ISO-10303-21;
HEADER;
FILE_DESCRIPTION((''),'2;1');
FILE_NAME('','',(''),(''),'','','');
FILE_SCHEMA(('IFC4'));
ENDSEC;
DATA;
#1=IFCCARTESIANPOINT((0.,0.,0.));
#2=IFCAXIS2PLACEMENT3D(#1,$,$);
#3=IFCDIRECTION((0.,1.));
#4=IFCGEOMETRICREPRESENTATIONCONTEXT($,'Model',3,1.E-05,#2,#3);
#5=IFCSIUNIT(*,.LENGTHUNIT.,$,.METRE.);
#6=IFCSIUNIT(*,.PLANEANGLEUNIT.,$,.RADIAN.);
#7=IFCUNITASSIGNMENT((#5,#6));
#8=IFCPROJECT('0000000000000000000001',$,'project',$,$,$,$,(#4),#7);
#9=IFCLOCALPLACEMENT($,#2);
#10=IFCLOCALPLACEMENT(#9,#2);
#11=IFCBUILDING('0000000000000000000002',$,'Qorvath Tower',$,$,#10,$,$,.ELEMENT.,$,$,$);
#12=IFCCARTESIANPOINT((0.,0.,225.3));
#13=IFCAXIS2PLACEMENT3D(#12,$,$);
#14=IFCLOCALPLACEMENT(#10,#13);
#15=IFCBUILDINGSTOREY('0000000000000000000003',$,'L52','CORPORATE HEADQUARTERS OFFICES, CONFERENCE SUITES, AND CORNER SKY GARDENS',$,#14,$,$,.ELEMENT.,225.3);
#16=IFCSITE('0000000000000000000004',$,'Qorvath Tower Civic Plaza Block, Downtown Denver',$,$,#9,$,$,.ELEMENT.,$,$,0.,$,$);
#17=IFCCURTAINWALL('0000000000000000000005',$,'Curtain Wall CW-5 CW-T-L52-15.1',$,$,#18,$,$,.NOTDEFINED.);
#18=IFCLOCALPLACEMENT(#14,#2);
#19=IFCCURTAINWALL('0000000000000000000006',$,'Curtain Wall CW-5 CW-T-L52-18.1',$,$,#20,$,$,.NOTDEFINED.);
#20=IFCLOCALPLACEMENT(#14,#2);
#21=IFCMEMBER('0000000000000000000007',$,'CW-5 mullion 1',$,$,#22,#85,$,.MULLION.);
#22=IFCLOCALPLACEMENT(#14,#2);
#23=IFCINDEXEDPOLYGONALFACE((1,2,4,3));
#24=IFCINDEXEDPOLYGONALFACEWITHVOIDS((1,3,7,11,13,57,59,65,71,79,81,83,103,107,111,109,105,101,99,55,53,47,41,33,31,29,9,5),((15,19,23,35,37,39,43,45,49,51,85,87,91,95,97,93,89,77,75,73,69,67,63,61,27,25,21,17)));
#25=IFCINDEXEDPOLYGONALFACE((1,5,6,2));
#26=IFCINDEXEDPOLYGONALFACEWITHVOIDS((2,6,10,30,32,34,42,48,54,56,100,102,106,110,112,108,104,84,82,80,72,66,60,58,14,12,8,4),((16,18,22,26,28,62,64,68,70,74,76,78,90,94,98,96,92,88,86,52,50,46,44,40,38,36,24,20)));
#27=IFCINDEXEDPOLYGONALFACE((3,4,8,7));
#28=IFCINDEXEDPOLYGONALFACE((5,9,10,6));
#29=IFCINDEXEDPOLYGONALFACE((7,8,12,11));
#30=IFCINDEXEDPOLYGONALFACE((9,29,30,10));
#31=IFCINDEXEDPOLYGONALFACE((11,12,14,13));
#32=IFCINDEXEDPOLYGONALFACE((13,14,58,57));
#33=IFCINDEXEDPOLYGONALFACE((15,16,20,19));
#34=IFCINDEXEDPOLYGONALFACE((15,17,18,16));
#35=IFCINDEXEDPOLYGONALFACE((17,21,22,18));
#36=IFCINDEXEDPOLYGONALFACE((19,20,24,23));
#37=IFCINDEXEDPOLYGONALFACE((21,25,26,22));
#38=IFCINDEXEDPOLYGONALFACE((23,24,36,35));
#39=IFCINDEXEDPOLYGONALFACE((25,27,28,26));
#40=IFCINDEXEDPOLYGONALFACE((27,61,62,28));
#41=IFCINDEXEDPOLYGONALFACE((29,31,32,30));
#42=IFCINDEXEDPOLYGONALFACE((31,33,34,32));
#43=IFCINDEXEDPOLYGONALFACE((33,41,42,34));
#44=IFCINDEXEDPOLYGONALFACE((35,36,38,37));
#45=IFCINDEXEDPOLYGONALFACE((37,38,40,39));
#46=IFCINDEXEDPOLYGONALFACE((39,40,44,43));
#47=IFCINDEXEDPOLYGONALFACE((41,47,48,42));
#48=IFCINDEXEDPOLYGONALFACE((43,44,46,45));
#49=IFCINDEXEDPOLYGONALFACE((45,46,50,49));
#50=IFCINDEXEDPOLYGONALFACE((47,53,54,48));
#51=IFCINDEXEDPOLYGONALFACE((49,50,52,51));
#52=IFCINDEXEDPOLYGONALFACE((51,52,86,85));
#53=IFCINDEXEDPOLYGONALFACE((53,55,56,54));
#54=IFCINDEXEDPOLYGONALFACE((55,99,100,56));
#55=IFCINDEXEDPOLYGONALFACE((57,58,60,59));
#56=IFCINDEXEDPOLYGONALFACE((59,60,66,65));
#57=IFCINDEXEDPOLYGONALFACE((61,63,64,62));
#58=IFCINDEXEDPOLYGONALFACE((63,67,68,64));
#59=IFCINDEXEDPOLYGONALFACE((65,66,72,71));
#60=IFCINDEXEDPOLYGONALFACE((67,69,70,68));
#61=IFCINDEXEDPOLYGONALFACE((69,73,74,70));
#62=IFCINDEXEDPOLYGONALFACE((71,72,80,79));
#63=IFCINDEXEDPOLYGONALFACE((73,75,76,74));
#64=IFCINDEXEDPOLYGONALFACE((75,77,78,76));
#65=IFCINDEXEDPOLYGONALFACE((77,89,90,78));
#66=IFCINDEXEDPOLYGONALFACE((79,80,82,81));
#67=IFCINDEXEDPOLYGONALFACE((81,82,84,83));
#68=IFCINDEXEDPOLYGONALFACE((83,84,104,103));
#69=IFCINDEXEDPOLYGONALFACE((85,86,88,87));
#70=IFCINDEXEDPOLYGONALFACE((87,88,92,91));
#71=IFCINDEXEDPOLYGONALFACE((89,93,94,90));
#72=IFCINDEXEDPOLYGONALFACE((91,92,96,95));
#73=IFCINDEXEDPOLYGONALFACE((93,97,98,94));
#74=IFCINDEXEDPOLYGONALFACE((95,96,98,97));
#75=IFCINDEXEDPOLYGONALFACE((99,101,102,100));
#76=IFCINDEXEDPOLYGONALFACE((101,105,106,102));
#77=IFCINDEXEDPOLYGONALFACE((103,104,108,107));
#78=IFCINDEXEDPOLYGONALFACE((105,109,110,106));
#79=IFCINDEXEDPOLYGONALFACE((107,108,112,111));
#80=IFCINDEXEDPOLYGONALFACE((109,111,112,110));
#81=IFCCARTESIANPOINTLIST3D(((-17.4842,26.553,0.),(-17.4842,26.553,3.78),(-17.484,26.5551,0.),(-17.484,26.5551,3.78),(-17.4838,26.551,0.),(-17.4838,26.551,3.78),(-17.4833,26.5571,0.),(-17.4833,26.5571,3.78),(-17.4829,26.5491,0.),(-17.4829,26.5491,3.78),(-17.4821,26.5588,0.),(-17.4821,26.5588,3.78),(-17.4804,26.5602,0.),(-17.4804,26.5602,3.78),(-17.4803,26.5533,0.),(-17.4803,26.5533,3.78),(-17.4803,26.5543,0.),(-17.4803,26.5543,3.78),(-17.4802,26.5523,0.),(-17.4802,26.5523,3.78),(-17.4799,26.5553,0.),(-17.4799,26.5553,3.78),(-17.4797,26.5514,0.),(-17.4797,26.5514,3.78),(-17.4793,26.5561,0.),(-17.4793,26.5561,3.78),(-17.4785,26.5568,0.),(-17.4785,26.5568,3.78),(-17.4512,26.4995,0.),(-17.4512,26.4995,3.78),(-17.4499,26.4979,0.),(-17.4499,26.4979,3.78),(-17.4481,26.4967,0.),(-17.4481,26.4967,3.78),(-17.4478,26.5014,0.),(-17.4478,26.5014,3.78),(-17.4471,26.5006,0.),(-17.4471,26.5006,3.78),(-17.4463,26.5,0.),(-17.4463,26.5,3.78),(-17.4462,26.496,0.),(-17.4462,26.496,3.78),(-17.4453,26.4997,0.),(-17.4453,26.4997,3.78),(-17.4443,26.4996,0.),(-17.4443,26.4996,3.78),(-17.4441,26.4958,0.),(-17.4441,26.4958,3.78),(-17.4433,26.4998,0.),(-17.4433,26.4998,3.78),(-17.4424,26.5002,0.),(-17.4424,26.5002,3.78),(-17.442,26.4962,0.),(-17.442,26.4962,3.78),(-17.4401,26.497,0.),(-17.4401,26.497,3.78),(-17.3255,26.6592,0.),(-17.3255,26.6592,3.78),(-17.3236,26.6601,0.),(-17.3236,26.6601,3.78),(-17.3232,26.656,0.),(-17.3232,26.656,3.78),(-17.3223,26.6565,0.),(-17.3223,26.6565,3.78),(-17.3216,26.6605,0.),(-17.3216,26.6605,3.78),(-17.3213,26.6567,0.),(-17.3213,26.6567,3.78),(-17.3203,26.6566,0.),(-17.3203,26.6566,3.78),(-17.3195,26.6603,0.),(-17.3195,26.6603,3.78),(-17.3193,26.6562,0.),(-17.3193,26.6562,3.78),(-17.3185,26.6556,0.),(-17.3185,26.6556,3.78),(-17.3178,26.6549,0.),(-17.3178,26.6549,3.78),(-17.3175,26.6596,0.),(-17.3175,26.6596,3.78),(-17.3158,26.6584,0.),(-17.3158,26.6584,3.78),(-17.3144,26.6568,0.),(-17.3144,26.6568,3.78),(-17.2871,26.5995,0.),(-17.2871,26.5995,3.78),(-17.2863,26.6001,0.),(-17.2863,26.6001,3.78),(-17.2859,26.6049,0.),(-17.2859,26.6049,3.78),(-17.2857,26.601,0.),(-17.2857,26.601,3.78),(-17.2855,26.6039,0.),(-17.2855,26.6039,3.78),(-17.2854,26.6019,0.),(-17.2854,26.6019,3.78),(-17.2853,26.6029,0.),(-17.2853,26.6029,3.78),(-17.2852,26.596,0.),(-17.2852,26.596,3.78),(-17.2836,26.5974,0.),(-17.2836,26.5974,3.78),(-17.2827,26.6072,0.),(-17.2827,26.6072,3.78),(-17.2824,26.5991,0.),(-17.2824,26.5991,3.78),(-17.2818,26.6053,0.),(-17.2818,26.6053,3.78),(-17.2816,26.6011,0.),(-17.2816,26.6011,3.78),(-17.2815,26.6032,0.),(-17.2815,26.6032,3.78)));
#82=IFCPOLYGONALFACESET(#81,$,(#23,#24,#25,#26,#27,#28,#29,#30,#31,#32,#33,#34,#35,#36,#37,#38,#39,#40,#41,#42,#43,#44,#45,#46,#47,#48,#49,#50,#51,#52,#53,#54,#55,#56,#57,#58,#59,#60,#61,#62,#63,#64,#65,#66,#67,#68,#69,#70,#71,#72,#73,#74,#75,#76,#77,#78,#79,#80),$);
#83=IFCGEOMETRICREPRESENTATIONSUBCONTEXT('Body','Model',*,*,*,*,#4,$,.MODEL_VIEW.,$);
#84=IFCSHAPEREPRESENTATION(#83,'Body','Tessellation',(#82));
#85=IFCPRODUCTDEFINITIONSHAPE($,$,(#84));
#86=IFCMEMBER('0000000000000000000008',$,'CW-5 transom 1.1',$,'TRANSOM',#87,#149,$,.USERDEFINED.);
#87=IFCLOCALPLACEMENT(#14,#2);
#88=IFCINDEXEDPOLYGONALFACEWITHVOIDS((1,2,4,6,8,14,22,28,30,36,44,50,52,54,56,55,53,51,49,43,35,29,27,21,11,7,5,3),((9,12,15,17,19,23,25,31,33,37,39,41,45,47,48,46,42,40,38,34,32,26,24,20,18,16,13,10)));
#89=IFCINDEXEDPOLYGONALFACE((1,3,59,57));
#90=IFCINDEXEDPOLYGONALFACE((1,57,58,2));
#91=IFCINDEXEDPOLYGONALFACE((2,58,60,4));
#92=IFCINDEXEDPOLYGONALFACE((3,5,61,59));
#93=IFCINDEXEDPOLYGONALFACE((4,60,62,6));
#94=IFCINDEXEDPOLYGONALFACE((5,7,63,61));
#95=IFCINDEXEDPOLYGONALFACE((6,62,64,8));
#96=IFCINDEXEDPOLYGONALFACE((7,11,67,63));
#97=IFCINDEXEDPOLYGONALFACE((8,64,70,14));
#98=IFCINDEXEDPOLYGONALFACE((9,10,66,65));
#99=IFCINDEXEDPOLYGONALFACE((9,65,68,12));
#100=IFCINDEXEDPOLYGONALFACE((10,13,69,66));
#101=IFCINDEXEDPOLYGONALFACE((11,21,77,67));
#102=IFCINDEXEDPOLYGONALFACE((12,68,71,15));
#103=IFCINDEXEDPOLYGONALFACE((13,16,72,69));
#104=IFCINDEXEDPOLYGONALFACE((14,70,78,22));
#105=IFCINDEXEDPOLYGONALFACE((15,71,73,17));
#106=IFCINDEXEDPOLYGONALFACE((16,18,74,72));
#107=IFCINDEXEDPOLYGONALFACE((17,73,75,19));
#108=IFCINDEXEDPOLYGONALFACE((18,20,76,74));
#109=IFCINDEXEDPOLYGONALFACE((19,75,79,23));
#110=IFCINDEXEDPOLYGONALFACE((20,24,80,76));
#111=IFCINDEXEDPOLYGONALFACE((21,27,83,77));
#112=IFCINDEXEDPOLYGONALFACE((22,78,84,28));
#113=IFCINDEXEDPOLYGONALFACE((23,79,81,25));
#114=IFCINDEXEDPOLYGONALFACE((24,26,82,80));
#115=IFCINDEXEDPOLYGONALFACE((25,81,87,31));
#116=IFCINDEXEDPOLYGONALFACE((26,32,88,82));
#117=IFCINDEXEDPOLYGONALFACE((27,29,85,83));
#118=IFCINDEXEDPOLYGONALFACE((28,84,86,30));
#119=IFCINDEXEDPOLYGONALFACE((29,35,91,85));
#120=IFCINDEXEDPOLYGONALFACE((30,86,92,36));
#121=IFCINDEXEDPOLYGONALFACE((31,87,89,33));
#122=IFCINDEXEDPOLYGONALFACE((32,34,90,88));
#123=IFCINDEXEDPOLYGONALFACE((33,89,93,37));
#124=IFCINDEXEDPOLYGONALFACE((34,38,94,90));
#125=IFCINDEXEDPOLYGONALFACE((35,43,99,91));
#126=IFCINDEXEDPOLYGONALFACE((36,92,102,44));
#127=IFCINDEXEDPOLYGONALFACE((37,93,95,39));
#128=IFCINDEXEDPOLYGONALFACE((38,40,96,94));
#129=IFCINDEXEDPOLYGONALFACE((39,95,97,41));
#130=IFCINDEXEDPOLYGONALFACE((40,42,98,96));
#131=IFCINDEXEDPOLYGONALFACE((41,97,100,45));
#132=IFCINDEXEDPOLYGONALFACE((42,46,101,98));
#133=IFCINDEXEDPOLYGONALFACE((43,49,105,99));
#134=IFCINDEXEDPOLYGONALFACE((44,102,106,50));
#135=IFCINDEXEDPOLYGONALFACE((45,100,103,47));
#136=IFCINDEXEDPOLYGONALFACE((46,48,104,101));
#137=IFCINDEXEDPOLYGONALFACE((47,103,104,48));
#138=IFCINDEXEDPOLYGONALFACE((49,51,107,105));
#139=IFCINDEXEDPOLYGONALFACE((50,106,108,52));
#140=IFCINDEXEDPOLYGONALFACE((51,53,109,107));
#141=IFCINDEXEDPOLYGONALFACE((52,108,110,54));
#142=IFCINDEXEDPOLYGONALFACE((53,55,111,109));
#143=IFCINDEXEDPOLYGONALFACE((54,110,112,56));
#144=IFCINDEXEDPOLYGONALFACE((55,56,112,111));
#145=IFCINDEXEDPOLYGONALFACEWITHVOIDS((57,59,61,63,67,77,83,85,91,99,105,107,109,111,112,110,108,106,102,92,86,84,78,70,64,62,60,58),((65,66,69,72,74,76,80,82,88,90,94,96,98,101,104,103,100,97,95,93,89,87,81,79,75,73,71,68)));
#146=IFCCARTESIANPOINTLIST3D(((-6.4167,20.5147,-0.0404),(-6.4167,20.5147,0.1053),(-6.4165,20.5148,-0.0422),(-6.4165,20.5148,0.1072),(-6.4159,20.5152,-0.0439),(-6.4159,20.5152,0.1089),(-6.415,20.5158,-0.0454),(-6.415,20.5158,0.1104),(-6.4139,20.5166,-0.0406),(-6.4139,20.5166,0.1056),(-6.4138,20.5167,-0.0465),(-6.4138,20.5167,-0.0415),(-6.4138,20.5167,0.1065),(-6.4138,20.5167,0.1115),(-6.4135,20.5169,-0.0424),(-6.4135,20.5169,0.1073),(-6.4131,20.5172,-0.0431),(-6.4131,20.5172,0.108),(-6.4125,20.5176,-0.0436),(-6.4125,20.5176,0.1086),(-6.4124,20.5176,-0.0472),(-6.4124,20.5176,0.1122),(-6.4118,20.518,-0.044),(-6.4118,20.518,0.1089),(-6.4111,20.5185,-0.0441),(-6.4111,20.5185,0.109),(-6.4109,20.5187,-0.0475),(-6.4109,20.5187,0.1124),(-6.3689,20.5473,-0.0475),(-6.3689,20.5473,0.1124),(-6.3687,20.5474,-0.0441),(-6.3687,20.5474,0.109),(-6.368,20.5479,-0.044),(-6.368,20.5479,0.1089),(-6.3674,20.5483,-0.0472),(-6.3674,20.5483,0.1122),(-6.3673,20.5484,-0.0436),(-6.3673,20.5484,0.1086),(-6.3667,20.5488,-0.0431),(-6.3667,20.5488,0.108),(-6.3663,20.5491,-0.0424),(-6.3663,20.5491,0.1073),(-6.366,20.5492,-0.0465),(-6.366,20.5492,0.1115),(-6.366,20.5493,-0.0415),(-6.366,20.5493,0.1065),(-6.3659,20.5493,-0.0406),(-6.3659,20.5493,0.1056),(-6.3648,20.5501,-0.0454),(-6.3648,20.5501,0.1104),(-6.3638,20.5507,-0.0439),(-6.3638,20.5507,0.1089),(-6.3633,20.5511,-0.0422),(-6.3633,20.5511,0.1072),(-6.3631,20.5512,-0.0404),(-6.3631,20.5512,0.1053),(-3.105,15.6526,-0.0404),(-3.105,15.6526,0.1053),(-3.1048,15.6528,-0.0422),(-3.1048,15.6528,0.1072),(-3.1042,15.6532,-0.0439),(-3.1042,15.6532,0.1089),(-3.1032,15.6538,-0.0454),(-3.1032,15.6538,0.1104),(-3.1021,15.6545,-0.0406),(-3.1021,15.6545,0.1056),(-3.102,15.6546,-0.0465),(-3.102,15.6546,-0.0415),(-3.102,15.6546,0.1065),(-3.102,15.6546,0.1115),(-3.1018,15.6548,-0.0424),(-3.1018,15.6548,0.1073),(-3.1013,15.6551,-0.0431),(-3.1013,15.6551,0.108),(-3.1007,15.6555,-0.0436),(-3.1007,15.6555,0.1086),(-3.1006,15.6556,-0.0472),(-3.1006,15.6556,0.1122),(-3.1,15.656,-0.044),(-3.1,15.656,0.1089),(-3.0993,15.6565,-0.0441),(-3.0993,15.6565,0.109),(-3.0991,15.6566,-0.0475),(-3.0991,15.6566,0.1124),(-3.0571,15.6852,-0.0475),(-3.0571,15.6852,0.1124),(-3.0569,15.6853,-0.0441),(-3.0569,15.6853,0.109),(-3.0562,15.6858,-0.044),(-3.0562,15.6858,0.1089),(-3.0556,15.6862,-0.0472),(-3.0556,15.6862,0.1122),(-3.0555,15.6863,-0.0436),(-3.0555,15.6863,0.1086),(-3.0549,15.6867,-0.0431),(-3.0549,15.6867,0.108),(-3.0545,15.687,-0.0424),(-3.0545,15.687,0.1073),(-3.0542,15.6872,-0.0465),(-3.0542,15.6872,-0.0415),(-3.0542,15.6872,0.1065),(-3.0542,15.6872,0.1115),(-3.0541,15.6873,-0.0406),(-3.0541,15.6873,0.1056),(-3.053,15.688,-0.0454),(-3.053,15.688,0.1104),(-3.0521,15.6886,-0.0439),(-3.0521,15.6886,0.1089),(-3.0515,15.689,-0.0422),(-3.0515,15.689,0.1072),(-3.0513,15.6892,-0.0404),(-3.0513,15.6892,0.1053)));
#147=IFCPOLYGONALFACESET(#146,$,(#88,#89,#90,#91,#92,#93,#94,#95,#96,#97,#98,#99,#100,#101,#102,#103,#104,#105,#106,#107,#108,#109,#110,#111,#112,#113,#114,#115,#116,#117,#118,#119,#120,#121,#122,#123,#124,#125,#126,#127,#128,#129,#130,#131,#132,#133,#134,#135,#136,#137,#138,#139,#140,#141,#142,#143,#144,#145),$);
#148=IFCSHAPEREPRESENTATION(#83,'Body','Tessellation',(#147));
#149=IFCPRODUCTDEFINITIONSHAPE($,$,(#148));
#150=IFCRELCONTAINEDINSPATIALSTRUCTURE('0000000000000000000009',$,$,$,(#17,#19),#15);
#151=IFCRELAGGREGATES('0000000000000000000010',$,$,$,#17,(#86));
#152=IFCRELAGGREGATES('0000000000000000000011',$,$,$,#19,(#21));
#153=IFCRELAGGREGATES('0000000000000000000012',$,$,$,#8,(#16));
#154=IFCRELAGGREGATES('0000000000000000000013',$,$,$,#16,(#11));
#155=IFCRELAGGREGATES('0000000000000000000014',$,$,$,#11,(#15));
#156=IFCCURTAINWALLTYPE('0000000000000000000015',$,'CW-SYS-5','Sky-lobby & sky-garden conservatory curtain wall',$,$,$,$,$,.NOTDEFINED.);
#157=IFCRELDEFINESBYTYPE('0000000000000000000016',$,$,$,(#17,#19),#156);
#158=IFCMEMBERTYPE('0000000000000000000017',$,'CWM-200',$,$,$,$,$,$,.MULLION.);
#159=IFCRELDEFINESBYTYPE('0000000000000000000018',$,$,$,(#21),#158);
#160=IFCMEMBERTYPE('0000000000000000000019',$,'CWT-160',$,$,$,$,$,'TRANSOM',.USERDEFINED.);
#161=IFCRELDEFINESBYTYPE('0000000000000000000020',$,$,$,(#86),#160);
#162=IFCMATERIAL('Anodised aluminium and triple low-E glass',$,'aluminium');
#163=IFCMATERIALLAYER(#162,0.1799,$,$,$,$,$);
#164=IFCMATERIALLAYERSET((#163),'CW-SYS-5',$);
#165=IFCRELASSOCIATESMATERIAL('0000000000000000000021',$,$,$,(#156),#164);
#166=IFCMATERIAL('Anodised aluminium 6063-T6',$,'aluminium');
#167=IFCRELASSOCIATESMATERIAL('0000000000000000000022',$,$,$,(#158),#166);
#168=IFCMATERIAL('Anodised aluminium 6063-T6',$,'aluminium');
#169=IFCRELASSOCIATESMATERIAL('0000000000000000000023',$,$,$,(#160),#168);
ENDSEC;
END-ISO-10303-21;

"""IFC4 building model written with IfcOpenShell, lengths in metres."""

from ifc_helpers import new_model, si_unit, direction, frame, origin, origin_2d, place, context, subcontext, project, spatial, hollow_rectangle, extrude, material, layer, layer_set, material_profile, profile_set, type_object, element, aggregate, save


model = new_model("IFC4")

# Units and contexts
model_context = context("Model", 3, precision=1e-05, world=origin(), true_north=direction((0.0, 1.0)))
body_context = subcontext(model_context, "Body", "Model", "MODEL_VIEW")
ifc_project = project(units=[si_unit("LENGTHUNIT", "METRE"), si_unit("PLANEANGLEUNIT", "RADIAN")], contexts=[model_context])

# Site, building, storey
site_placement = place(None, origin())
site = spatial("IfcSite", under=ifc_project, at=site_placement, Name="Qorvath Tower Civic Plaza Block, Downtown Denver", CompositionType="ELEMENT", RefElevation=0.0)
building_placement = place(site_placement, origin())
building = spatial("IfcBuilding", under=site, at=building_placement, Name="Qorvath Tower", CompositionType="ELEMENT")
storey_placement = place(building_placement, frame((0.0, 0.0, 225.3)))
storey = spatial("IfcBuildingStorey", under=building, at=storey_placement, Name="L52", Description="CORPORATE HEADQUARTERS OFFICES, CONFERENCE SUITES, AND CORNER SKY GARDENS", CompositionType="ELEMENT", Elevation=225.3)

# Shared definitions
ifc_material_1 = material(Name="Anodised aluminium and triple low-E glass", Category="aluminium")
ifc_layer_1 = layer(ifc_material_1, 0.1799)
ifc_layer_set_1 = layer_set([ifc_layer_1], Name="CW-SYS-5")
curtain_wall_type = type_object("IfcCurtainWallType", Name="CW-SYS-5", Description="Sky-lobby & sky-garden conservatory curtain wall", PredefinedType="NOTDEFINED", material=ifc_layer_set_1)
ifc_material_2 = material(Name="Anodised aluminium 6063-T6", Category="aluminium")
ifc_material_profile_1 = material_profile(ifc_material_2, hollow_rectangle(XDim=0.075, YDim=0.2, WallThickness=0.0039, InnerFilletRadius=0.0039, OuterFilletRadius=0.0081, at=origin_2d()), Name="CWM 200x75")
ifc_profile_set_1 = profile_set([ifc_material_profile_1], Name="Anodised aluminium 6063-T6")
member_type_1 = type_object("IfcMemberType", Name="CWM-200", PredefinedType="MULLION", material=ifc_profile_set_1)

# Curtain wall
curtain_wall_1_placement = place(storey_placement, origin())
curtain_wall_1 = element("IfcCurtainWall", 1, at=curtain_wall_1_placement, inside=storey, type_object=curtain_wall_type, Name="Curtain Wall CW-5 CW-T-L52-15.1", PredefinedType="NOTDEFINED")

# Curtain wall, member
curtain_wall_2_placement = place(storey_placement, origin())
curtain_wall_2 = element("IfcCurtainWall", 2, at=curtain_wall_2_placement, inside=storey, type_object=curtain_wall_type, Name="Curtain Wall CW-5 CW-T-L52-18.1", PredefinedType="NOTDEFINED")
member_1_placement = place(storey_placement, frame((-17.3828, 26.5781, 0.0), z_axis=(0.0, 0.0, 1.0), x_axis=(0.538531, -0.842606, 0.0)))
member_1 = element("IfcMember", 3, at=member_1_placement, type_object=member_type_1, Name="CW-5 mullion 1", PredefinedType="MULLION", context=body_context, shape_type="SweptSolid", body=[
    extrude(hollow_rectangle(XDim=0.075, YDim=0.2, WallThickness=0.0039, InnerFilletRadius=0.0039, OuterFilletRadius=0.0081, at=origin_2d()), origin(), (0.0, 0.0, 1.0), 3.78),
])

# Member
ifc_material_3 = material(Name="Anodised aluminium 6063-T6", Category="aluminium")
ifc_material_profile_2 = material_profile(ifc_material_3, hollow_rectangle(XDim=0.0649, YDim=0.1599, WallThickness=0.0034, InnerFilletRadius=0.0034, OuterFilletRadius=0.0071, at=origin_2d()), Name="CWT 160x65")
ifc_profile_set_2 = profile_set([ifc_material_profile_2], Name="Anodised aluminium 6063-T6")
member_type_2 = type_object("IfcMemberType", Name="CWT-160", ElementType="TRANSOM", PredefinedType="USERDEFINED", material=ifc_profile_set_2)
member_2_placement = place(storey_placement, frame((-3.0781, 15.6709, 0.0325), z_axis=(-0.562957, 0.826486, 0.0), x_axis=(-0.826486, -0.562957, 0.0)))
member_2 = element("IfcMember", 4, at=member_2_placement, type_object=member_type_2, Name="CW-5 transom 1.1", ObjectType="TRANSOM", PredefinedType="USERDEFINED", context=body_context, shape_type="SweptSolid", body=[
    extrude(hollow_rectangle(XDim=0.0649, YDim=0.1599, WallThickness=0.0034, InnerFilletRadius=0.0034, OuterFilletRadius=0.0071, at=origin_2d()), origin(), (0.0, 0.0, 1.0), 5.8828),
])

aggregate(curtain_wall_1, [member_2])
aggregate(curtain_wall_2, [member_1])

save(model, "model.ifc")
